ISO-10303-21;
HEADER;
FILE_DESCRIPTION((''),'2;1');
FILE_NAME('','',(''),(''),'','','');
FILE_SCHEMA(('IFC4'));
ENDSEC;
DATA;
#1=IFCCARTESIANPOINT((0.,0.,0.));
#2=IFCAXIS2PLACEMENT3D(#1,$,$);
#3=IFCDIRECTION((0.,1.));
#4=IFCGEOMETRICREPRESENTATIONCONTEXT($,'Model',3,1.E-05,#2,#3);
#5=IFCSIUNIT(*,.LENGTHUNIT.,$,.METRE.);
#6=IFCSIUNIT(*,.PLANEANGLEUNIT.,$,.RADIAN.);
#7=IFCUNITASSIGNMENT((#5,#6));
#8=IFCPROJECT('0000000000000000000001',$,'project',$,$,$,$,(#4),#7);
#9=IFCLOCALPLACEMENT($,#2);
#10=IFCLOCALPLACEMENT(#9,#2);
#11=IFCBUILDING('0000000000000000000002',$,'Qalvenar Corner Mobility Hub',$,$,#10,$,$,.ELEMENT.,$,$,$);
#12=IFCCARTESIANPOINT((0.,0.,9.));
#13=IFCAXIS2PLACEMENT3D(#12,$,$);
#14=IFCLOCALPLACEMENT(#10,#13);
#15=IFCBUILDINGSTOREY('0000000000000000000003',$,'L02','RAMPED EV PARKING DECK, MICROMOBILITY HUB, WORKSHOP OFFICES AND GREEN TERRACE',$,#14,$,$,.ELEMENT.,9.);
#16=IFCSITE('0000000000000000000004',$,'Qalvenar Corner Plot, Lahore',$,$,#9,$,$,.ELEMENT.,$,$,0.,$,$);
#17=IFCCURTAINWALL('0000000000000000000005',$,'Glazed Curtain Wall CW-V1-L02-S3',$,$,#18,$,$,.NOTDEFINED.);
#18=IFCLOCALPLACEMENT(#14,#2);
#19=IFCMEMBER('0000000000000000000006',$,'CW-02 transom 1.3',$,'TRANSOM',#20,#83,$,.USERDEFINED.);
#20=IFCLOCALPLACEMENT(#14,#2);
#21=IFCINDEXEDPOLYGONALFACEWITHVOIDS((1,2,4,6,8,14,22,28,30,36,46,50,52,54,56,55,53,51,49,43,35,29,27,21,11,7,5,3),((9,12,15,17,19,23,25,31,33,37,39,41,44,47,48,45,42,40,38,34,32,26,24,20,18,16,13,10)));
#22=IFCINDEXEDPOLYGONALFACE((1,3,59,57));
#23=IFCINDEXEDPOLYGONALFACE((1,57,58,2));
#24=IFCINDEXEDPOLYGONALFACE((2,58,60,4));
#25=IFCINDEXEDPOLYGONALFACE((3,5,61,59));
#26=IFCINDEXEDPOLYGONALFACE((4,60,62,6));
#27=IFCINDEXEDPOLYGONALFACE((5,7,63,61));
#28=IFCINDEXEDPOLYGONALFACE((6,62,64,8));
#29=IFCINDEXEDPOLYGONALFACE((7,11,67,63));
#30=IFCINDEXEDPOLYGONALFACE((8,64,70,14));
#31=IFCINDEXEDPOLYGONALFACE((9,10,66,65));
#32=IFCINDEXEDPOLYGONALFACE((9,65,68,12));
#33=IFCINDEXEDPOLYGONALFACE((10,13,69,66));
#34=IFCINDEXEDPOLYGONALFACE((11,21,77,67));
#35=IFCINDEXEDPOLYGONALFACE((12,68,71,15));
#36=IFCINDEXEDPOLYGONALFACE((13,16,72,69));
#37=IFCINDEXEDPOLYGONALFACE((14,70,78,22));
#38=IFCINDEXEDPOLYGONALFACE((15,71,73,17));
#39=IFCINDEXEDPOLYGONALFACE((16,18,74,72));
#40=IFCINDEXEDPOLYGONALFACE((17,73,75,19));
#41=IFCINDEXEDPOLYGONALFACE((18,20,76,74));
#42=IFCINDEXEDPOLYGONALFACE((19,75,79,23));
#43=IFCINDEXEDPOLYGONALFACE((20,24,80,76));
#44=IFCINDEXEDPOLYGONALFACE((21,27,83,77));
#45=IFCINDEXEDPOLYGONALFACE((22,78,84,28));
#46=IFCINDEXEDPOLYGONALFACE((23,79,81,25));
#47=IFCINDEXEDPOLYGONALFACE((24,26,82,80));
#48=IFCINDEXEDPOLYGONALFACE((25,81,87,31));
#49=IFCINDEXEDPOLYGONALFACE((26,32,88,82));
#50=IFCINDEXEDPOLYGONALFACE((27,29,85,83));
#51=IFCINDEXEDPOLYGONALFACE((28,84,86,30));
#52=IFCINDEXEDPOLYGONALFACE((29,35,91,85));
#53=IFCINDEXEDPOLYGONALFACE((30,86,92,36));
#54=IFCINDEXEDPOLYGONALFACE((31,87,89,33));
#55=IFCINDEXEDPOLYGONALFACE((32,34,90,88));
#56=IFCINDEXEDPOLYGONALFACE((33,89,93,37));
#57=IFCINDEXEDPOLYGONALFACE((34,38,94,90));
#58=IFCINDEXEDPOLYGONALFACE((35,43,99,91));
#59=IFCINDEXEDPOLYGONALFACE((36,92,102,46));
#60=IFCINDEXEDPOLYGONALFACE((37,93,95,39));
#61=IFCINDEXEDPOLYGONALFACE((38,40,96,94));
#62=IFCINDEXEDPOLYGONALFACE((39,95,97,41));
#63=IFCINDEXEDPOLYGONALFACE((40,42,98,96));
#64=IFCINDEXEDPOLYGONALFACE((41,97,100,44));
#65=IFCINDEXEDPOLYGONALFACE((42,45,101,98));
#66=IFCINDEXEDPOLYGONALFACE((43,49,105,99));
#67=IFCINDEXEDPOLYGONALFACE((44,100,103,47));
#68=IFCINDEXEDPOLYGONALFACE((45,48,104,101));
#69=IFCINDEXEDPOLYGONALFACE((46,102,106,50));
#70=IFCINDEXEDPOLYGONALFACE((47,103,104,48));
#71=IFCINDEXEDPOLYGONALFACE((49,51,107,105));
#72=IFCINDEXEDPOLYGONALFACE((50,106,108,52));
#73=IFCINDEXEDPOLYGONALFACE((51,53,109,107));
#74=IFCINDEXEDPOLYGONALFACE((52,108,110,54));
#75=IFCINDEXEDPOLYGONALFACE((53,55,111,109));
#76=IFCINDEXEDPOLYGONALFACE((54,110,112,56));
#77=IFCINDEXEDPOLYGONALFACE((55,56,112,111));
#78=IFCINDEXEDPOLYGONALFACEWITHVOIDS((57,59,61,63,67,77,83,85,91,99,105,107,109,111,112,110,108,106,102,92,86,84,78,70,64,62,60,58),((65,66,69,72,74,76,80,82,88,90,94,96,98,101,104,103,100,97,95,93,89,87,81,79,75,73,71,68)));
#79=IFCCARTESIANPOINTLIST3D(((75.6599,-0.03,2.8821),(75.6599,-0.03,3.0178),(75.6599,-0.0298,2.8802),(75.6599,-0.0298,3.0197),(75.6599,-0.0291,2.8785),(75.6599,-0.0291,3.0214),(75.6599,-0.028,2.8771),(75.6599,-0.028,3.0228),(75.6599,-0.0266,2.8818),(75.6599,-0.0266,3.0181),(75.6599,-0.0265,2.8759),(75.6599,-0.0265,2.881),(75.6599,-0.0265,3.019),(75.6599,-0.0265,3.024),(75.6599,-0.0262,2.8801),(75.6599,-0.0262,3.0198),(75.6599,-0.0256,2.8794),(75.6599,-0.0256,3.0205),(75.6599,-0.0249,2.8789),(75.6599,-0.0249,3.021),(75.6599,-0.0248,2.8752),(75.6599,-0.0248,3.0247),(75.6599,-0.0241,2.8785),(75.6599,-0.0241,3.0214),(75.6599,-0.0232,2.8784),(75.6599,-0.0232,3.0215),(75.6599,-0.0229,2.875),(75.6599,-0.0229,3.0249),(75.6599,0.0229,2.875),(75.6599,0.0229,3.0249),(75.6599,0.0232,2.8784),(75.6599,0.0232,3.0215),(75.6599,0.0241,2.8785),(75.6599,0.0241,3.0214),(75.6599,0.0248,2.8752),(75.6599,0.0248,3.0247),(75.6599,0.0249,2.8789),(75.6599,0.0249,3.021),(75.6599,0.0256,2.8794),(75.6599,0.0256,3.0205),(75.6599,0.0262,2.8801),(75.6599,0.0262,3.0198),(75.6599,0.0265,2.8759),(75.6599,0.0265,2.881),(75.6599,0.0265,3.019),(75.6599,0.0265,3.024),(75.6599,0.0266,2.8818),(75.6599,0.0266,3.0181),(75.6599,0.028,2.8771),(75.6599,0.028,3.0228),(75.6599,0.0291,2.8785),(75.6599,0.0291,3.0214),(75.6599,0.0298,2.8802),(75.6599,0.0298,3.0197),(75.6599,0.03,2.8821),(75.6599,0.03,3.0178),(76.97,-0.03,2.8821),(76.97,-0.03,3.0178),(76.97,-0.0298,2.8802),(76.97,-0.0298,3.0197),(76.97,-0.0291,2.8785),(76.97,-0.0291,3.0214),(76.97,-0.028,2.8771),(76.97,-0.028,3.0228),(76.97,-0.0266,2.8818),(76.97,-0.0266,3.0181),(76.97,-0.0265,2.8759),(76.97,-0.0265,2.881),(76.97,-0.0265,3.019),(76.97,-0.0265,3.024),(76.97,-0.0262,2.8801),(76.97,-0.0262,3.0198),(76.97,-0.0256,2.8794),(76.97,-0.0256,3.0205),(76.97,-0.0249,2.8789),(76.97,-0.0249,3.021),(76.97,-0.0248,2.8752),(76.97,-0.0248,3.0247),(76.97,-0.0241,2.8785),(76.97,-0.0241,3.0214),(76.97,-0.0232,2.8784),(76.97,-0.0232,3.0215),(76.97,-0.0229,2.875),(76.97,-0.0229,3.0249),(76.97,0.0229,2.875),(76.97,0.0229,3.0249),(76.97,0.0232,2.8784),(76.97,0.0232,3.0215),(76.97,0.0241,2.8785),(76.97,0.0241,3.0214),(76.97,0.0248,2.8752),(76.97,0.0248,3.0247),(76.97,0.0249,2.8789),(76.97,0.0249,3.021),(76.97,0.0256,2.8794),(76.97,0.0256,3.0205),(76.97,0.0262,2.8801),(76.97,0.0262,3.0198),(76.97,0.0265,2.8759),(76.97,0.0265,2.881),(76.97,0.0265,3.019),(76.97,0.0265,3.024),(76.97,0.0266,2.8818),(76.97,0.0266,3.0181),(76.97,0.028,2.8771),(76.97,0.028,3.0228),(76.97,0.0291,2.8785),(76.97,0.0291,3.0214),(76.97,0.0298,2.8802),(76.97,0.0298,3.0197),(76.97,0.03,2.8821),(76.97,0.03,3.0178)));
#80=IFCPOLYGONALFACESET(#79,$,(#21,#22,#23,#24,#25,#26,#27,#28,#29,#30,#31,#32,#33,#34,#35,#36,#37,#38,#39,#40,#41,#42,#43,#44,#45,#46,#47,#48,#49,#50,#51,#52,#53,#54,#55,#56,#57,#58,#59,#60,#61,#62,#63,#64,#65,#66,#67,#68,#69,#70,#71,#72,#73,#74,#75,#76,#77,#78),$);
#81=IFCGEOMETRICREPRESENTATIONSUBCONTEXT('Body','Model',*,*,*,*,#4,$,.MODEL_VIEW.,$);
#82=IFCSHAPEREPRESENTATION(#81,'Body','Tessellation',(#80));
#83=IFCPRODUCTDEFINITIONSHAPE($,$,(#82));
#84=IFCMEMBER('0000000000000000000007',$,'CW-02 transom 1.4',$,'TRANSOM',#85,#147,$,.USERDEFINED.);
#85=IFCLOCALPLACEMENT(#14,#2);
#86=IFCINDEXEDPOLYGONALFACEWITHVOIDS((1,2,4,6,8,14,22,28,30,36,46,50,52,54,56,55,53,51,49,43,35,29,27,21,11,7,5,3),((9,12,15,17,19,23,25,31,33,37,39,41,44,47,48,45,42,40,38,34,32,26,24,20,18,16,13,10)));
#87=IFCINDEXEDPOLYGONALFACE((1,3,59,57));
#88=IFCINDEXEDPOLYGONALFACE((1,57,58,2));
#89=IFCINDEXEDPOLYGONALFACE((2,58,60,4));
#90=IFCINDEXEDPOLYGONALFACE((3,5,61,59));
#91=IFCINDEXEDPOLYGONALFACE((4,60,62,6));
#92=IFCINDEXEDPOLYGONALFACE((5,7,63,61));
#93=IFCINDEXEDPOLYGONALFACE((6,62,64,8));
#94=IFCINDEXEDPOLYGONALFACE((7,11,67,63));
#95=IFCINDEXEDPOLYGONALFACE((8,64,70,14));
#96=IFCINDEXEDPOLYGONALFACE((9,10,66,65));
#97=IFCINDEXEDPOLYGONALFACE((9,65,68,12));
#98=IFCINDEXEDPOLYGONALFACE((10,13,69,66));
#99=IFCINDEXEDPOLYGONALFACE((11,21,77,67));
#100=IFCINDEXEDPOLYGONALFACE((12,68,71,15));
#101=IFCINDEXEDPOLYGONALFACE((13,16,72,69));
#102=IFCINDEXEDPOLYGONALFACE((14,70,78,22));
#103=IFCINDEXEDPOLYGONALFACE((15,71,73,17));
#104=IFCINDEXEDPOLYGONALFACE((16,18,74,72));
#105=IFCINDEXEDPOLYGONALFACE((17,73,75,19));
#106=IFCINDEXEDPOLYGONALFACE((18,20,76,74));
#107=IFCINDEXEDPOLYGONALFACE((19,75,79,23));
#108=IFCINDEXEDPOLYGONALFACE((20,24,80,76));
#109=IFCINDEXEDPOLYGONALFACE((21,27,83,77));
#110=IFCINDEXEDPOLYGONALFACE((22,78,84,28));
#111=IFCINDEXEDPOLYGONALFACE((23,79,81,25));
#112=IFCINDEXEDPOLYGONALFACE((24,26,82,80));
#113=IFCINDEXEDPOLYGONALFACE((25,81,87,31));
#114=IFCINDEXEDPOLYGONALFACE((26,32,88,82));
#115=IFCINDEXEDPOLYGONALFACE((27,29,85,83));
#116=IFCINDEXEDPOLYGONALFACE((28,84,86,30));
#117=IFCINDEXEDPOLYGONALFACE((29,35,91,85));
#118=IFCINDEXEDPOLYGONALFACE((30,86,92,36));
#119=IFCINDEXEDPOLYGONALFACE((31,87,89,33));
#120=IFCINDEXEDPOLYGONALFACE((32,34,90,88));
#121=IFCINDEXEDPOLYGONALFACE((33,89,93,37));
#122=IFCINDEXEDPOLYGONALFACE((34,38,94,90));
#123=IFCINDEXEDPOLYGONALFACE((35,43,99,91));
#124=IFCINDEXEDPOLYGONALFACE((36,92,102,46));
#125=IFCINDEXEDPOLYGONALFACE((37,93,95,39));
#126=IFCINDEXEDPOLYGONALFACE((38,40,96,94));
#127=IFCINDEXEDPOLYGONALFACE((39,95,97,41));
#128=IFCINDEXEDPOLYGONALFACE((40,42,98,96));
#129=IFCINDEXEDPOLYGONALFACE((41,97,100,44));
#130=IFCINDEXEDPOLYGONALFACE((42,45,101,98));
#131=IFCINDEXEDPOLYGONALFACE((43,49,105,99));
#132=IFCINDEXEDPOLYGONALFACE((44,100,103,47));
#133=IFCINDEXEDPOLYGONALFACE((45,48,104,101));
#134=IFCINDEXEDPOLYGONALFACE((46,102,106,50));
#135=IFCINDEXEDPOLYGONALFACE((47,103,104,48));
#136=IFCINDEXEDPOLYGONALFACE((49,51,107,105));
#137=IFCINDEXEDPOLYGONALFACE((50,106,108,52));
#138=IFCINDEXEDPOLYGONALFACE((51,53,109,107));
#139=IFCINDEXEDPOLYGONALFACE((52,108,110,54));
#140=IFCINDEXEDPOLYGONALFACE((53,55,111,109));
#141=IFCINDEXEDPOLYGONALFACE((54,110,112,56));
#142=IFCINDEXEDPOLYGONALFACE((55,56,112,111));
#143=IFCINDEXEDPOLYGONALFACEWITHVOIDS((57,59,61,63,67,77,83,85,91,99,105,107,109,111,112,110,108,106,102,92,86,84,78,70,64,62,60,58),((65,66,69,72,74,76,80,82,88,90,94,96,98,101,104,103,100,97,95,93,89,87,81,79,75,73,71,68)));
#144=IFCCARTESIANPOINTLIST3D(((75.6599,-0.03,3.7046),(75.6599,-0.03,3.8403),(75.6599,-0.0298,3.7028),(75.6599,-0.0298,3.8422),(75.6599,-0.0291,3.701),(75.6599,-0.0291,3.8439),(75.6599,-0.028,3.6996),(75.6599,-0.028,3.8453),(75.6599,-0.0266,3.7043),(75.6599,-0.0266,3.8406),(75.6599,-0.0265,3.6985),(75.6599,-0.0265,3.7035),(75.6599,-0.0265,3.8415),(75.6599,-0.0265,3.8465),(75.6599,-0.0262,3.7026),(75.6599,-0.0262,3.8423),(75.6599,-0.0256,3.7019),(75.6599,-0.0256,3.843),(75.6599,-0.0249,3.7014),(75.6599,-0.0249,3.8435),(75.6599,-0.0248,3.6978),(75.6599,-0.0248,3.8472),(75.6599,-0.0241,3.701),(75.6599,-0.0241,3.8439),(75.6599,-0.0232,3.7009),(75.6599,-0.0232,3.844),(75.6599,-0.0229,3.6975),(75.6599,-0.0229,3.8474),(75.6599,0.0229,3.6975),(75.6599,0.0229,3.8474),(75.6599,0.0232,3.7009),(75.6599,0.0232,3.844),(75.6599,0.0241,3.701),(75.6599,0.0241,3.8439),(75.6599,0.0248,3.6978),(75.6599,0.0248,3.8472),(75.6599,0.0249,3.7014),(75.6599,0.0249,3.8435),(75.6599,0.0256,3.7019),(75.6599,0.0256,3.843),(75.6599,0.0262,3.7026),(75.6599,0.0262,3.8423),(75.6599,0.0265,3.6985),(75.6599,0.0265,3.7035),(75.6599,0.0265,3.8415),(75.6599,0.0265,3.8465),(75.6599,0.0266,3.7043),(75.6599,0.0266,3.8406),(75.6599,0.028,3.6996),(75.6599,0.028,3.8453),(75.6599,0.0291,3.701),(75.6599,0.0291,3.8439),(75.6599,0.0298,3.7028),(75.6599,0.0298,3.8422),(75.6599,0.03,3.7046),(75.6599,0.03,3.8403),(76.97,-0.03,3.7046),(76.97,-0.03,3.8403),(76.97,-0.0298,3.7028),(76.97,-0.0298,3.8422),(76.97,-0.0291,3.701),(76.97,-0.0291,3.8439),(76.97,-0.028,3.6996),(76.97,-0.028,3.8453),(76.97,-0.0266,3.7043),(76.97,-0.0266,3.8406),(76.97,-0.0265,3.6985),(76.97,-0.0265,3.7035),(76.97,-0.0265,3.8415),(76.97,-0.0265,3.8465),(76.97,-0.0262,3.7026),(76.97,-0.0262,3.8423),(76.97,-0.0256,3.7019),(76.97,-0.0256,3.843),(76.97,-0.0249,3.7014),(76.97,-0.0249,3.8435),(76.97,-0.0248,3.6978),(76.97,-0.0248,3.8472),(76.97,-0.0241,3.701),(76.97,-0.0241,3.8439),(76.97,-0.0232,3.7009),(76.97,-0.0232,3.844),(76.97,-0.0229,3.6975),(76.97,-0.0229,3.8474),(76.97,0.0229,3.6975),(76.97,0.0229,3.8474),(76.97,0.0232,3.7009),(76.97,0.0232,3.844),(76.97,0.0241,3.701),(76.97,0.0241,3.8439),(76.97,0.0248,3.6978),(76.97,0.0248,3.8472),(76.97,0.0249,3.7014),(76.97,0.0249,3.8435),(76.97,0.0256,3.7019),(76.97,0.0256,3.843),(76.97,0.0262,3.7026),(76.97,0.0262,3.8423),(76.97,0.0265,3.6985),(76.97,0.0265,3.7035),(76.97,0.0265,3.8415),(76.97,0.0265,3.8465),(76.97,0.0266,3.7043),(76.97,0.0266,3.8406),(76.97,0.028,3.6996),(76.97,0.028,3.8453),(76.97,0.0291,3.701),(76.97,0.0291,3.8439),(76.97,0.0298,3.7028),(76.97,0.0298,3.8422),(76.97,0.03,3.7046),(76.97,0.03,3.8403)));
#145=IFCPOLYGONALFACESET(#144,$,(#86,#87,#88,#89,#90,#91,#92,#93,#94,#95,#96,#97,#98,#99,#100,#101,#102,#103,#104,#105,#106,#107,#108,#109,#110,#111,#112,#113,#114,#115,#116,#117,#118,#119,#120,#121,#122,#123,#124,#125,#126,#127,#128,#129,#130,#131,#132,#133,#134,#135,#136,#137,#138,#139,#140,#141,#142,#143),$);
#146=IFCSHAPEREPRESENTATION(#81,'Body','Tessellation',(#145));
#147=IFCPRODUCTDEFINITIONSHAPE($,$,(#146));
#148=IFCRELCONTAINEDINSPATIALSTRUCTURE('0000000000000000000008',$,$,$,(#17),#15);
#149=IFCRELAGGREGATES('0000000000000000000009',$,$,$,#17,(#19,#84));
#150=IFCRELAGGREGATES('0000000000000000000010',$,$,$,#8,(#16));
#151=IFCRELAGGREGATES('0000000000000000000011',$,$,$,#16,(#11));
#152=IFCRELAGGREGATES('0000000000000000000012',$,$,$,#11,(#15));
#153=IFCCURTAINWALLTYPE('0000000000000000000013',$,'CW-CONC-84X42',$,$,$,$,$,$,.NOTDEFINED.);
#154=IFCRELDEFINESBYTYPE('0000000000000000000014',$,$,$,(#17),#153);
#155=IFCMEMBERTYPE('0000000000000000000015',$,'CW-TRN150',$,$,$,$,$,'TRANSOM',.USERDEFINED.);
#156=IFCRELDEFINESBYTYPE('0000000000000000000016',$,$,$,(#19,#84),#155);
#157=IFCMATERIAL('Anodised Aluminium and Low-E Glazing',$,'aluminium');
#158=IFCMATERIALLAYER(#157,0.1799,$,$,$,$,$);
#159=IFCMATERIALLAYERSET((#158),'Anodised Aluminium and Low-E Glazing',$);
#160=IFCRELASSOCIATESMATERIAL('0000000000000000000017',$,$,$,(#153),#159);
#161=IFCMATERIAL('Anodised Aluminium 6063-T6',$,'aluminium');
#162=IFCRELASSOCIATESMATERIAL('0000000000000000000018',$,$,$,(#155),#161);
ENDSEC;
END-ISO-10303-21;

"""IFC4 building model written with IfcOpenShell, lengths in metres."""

from ifc_helpers import new_model, si_unit, direction, frame, origin, origin_2d, place, context, subcontext, project, spatial, hollow_rectangle, extrude, material, layer, layer_set, material_profile, profile_set, type_object, element, aggregate, save


model = new_model("IFC4")

# Units and contexts
model_context = context("Model", 3, precision=1e-05, world=origin(), true_north=direction((0.0, 1.0)))
body_context = subcontext(model_context, "Body", "Model", "MODEL_VIEW")
ifc_project = project(units=[si_unit("LENGTHUNIT", "METRE"), si_unit("PLANEANGLEUNIT", "RADIAN")], contexts=[model_context])

# Site, building, storey
site_placement = place(None, origin())
site = spatial("IfcSite", under=ifc_project, at=site_placement, Name="Qalvenar Corner Plot, Lahore", CompositionType="ELEMENT", RefElevation=0.0)
building_placement = place(site_placement, origin())
building = spatial("IfcBuilding", under=site, at=building_placement, Name="Qalvenar Corner Mobility Hub", CompositionType="ELEMENT")
storey_placement = place(building_placement, frame((0.0, 0.0, 9.0)))
storey = spatial("IfcBuildingStorey", under=building, at=storey_placement, Name="L02", Description="RAMPED EV PARKING DECK, MICROMOBILITY HUB, WORKSHOP OFFICES AND GREEN TERRACE", CompositionType="ELEMENT", Elevation=9.0)

# Curtain wall, members
ifc_material_1 = material(Name="Anodised Aluminium and Low-E Glazing", Category="aluminium")
ifc_layer_1 = layer(ifc_material_1, 0.1799)
ifc_layer_set_1 = layer_set([ifc_layer_1], Name="Anodised Aluminium and Low-E Glazing")
curtain_wall_type = type_object("IfcCurtainWallType", Name="CW-CONC-84X42", PredefinedType="NOTDEFINED", material=ifc_layer_set_1)
curtain_wall_placement = place(storey_placement, origin())
curtain_wall = element("IfcCurtainWall", 1, at=curtain_wall_placement, inside=storey, type_object=curtain_wall_type, Name="Glazed Curtain Wall CW-V1-L02-S3", PredefinedType="NOTDEFINED")
ifc_material_2 = material(Name="Anodised Aluminium 6063-T6", Category="aluminium")
ifc_material_profile_1 = material_profile(ifc_material_2, hollow_rectangle(XDim=0.0601, YDim=0.1499, WallThickness=0.0034, InnerFilletRadius=0.0034, OuterFilletRadius=0.0071, at=origin_2d()), Name="RHS150x60x3.5")
ifc_profile_set_1 = profile_set([ifc_material_profile_1], Name="Anodised Aluminium 6063-T6")
member_type_1 = type_object("IfcMemberType", Name="CW-TRN150", ElementType="TRANSOM", PredefinedType="USERDEFINED", material=ifc_profile_set_1)
member_1_placement = place(storey_placement, frame((75.6599, 0.0, 2.95), z_axis=(1.0, 0.0, 0.0), x_axis=(0.0, 1.0, 0.0)))
member_1 = element("IfcMember", 2, at=member_1_placement, type_object=member_type_1, Name="CW-02 transom 1.3", ObjectType="TRANSOM", PredefinedType="USERDEFINED", context=body_context, shape_type="SweptSolid", body=[
    extrude(hollow_rectangle(XDim=0.0601, YDim=0.1499, WallThickness=0.0034, InnerFilletRadius=0.0034, OuterFilletRadius=0.0071, at=origin_2d()), origin(), (0.0, 0.0, 1.0), 1.3101),
])
member_2_placement = place(storey_placement, frame((75.6599, 0.0, 3.7725), z_axis=(1.0, 0.0, 0.0), x_axis=(0.0, 1.0, 0.0)))
member_2 = element("IfcMember", 3, at=member_2_placement, type_object=member_type_1, Name="CW-02 transom 1.4", ObjectType="TRANSOM", PredefinedType="USERDEFINED", context=body_context, shape_type="SweptSolid", body=[
    extrude(hollow_rectangle(XDim=0.0601, YDim=0.1499, WallThickness=0.0034, InnerFilletRadius=0.0034, OuterFilletRadius=0.0071, at=origin_2d()), origin(), (0.0, 0.0, 1.0), 1.3101),
])
aggregate(curtain_wall, [member_1, member_2])

save(model, "model.ifc")
